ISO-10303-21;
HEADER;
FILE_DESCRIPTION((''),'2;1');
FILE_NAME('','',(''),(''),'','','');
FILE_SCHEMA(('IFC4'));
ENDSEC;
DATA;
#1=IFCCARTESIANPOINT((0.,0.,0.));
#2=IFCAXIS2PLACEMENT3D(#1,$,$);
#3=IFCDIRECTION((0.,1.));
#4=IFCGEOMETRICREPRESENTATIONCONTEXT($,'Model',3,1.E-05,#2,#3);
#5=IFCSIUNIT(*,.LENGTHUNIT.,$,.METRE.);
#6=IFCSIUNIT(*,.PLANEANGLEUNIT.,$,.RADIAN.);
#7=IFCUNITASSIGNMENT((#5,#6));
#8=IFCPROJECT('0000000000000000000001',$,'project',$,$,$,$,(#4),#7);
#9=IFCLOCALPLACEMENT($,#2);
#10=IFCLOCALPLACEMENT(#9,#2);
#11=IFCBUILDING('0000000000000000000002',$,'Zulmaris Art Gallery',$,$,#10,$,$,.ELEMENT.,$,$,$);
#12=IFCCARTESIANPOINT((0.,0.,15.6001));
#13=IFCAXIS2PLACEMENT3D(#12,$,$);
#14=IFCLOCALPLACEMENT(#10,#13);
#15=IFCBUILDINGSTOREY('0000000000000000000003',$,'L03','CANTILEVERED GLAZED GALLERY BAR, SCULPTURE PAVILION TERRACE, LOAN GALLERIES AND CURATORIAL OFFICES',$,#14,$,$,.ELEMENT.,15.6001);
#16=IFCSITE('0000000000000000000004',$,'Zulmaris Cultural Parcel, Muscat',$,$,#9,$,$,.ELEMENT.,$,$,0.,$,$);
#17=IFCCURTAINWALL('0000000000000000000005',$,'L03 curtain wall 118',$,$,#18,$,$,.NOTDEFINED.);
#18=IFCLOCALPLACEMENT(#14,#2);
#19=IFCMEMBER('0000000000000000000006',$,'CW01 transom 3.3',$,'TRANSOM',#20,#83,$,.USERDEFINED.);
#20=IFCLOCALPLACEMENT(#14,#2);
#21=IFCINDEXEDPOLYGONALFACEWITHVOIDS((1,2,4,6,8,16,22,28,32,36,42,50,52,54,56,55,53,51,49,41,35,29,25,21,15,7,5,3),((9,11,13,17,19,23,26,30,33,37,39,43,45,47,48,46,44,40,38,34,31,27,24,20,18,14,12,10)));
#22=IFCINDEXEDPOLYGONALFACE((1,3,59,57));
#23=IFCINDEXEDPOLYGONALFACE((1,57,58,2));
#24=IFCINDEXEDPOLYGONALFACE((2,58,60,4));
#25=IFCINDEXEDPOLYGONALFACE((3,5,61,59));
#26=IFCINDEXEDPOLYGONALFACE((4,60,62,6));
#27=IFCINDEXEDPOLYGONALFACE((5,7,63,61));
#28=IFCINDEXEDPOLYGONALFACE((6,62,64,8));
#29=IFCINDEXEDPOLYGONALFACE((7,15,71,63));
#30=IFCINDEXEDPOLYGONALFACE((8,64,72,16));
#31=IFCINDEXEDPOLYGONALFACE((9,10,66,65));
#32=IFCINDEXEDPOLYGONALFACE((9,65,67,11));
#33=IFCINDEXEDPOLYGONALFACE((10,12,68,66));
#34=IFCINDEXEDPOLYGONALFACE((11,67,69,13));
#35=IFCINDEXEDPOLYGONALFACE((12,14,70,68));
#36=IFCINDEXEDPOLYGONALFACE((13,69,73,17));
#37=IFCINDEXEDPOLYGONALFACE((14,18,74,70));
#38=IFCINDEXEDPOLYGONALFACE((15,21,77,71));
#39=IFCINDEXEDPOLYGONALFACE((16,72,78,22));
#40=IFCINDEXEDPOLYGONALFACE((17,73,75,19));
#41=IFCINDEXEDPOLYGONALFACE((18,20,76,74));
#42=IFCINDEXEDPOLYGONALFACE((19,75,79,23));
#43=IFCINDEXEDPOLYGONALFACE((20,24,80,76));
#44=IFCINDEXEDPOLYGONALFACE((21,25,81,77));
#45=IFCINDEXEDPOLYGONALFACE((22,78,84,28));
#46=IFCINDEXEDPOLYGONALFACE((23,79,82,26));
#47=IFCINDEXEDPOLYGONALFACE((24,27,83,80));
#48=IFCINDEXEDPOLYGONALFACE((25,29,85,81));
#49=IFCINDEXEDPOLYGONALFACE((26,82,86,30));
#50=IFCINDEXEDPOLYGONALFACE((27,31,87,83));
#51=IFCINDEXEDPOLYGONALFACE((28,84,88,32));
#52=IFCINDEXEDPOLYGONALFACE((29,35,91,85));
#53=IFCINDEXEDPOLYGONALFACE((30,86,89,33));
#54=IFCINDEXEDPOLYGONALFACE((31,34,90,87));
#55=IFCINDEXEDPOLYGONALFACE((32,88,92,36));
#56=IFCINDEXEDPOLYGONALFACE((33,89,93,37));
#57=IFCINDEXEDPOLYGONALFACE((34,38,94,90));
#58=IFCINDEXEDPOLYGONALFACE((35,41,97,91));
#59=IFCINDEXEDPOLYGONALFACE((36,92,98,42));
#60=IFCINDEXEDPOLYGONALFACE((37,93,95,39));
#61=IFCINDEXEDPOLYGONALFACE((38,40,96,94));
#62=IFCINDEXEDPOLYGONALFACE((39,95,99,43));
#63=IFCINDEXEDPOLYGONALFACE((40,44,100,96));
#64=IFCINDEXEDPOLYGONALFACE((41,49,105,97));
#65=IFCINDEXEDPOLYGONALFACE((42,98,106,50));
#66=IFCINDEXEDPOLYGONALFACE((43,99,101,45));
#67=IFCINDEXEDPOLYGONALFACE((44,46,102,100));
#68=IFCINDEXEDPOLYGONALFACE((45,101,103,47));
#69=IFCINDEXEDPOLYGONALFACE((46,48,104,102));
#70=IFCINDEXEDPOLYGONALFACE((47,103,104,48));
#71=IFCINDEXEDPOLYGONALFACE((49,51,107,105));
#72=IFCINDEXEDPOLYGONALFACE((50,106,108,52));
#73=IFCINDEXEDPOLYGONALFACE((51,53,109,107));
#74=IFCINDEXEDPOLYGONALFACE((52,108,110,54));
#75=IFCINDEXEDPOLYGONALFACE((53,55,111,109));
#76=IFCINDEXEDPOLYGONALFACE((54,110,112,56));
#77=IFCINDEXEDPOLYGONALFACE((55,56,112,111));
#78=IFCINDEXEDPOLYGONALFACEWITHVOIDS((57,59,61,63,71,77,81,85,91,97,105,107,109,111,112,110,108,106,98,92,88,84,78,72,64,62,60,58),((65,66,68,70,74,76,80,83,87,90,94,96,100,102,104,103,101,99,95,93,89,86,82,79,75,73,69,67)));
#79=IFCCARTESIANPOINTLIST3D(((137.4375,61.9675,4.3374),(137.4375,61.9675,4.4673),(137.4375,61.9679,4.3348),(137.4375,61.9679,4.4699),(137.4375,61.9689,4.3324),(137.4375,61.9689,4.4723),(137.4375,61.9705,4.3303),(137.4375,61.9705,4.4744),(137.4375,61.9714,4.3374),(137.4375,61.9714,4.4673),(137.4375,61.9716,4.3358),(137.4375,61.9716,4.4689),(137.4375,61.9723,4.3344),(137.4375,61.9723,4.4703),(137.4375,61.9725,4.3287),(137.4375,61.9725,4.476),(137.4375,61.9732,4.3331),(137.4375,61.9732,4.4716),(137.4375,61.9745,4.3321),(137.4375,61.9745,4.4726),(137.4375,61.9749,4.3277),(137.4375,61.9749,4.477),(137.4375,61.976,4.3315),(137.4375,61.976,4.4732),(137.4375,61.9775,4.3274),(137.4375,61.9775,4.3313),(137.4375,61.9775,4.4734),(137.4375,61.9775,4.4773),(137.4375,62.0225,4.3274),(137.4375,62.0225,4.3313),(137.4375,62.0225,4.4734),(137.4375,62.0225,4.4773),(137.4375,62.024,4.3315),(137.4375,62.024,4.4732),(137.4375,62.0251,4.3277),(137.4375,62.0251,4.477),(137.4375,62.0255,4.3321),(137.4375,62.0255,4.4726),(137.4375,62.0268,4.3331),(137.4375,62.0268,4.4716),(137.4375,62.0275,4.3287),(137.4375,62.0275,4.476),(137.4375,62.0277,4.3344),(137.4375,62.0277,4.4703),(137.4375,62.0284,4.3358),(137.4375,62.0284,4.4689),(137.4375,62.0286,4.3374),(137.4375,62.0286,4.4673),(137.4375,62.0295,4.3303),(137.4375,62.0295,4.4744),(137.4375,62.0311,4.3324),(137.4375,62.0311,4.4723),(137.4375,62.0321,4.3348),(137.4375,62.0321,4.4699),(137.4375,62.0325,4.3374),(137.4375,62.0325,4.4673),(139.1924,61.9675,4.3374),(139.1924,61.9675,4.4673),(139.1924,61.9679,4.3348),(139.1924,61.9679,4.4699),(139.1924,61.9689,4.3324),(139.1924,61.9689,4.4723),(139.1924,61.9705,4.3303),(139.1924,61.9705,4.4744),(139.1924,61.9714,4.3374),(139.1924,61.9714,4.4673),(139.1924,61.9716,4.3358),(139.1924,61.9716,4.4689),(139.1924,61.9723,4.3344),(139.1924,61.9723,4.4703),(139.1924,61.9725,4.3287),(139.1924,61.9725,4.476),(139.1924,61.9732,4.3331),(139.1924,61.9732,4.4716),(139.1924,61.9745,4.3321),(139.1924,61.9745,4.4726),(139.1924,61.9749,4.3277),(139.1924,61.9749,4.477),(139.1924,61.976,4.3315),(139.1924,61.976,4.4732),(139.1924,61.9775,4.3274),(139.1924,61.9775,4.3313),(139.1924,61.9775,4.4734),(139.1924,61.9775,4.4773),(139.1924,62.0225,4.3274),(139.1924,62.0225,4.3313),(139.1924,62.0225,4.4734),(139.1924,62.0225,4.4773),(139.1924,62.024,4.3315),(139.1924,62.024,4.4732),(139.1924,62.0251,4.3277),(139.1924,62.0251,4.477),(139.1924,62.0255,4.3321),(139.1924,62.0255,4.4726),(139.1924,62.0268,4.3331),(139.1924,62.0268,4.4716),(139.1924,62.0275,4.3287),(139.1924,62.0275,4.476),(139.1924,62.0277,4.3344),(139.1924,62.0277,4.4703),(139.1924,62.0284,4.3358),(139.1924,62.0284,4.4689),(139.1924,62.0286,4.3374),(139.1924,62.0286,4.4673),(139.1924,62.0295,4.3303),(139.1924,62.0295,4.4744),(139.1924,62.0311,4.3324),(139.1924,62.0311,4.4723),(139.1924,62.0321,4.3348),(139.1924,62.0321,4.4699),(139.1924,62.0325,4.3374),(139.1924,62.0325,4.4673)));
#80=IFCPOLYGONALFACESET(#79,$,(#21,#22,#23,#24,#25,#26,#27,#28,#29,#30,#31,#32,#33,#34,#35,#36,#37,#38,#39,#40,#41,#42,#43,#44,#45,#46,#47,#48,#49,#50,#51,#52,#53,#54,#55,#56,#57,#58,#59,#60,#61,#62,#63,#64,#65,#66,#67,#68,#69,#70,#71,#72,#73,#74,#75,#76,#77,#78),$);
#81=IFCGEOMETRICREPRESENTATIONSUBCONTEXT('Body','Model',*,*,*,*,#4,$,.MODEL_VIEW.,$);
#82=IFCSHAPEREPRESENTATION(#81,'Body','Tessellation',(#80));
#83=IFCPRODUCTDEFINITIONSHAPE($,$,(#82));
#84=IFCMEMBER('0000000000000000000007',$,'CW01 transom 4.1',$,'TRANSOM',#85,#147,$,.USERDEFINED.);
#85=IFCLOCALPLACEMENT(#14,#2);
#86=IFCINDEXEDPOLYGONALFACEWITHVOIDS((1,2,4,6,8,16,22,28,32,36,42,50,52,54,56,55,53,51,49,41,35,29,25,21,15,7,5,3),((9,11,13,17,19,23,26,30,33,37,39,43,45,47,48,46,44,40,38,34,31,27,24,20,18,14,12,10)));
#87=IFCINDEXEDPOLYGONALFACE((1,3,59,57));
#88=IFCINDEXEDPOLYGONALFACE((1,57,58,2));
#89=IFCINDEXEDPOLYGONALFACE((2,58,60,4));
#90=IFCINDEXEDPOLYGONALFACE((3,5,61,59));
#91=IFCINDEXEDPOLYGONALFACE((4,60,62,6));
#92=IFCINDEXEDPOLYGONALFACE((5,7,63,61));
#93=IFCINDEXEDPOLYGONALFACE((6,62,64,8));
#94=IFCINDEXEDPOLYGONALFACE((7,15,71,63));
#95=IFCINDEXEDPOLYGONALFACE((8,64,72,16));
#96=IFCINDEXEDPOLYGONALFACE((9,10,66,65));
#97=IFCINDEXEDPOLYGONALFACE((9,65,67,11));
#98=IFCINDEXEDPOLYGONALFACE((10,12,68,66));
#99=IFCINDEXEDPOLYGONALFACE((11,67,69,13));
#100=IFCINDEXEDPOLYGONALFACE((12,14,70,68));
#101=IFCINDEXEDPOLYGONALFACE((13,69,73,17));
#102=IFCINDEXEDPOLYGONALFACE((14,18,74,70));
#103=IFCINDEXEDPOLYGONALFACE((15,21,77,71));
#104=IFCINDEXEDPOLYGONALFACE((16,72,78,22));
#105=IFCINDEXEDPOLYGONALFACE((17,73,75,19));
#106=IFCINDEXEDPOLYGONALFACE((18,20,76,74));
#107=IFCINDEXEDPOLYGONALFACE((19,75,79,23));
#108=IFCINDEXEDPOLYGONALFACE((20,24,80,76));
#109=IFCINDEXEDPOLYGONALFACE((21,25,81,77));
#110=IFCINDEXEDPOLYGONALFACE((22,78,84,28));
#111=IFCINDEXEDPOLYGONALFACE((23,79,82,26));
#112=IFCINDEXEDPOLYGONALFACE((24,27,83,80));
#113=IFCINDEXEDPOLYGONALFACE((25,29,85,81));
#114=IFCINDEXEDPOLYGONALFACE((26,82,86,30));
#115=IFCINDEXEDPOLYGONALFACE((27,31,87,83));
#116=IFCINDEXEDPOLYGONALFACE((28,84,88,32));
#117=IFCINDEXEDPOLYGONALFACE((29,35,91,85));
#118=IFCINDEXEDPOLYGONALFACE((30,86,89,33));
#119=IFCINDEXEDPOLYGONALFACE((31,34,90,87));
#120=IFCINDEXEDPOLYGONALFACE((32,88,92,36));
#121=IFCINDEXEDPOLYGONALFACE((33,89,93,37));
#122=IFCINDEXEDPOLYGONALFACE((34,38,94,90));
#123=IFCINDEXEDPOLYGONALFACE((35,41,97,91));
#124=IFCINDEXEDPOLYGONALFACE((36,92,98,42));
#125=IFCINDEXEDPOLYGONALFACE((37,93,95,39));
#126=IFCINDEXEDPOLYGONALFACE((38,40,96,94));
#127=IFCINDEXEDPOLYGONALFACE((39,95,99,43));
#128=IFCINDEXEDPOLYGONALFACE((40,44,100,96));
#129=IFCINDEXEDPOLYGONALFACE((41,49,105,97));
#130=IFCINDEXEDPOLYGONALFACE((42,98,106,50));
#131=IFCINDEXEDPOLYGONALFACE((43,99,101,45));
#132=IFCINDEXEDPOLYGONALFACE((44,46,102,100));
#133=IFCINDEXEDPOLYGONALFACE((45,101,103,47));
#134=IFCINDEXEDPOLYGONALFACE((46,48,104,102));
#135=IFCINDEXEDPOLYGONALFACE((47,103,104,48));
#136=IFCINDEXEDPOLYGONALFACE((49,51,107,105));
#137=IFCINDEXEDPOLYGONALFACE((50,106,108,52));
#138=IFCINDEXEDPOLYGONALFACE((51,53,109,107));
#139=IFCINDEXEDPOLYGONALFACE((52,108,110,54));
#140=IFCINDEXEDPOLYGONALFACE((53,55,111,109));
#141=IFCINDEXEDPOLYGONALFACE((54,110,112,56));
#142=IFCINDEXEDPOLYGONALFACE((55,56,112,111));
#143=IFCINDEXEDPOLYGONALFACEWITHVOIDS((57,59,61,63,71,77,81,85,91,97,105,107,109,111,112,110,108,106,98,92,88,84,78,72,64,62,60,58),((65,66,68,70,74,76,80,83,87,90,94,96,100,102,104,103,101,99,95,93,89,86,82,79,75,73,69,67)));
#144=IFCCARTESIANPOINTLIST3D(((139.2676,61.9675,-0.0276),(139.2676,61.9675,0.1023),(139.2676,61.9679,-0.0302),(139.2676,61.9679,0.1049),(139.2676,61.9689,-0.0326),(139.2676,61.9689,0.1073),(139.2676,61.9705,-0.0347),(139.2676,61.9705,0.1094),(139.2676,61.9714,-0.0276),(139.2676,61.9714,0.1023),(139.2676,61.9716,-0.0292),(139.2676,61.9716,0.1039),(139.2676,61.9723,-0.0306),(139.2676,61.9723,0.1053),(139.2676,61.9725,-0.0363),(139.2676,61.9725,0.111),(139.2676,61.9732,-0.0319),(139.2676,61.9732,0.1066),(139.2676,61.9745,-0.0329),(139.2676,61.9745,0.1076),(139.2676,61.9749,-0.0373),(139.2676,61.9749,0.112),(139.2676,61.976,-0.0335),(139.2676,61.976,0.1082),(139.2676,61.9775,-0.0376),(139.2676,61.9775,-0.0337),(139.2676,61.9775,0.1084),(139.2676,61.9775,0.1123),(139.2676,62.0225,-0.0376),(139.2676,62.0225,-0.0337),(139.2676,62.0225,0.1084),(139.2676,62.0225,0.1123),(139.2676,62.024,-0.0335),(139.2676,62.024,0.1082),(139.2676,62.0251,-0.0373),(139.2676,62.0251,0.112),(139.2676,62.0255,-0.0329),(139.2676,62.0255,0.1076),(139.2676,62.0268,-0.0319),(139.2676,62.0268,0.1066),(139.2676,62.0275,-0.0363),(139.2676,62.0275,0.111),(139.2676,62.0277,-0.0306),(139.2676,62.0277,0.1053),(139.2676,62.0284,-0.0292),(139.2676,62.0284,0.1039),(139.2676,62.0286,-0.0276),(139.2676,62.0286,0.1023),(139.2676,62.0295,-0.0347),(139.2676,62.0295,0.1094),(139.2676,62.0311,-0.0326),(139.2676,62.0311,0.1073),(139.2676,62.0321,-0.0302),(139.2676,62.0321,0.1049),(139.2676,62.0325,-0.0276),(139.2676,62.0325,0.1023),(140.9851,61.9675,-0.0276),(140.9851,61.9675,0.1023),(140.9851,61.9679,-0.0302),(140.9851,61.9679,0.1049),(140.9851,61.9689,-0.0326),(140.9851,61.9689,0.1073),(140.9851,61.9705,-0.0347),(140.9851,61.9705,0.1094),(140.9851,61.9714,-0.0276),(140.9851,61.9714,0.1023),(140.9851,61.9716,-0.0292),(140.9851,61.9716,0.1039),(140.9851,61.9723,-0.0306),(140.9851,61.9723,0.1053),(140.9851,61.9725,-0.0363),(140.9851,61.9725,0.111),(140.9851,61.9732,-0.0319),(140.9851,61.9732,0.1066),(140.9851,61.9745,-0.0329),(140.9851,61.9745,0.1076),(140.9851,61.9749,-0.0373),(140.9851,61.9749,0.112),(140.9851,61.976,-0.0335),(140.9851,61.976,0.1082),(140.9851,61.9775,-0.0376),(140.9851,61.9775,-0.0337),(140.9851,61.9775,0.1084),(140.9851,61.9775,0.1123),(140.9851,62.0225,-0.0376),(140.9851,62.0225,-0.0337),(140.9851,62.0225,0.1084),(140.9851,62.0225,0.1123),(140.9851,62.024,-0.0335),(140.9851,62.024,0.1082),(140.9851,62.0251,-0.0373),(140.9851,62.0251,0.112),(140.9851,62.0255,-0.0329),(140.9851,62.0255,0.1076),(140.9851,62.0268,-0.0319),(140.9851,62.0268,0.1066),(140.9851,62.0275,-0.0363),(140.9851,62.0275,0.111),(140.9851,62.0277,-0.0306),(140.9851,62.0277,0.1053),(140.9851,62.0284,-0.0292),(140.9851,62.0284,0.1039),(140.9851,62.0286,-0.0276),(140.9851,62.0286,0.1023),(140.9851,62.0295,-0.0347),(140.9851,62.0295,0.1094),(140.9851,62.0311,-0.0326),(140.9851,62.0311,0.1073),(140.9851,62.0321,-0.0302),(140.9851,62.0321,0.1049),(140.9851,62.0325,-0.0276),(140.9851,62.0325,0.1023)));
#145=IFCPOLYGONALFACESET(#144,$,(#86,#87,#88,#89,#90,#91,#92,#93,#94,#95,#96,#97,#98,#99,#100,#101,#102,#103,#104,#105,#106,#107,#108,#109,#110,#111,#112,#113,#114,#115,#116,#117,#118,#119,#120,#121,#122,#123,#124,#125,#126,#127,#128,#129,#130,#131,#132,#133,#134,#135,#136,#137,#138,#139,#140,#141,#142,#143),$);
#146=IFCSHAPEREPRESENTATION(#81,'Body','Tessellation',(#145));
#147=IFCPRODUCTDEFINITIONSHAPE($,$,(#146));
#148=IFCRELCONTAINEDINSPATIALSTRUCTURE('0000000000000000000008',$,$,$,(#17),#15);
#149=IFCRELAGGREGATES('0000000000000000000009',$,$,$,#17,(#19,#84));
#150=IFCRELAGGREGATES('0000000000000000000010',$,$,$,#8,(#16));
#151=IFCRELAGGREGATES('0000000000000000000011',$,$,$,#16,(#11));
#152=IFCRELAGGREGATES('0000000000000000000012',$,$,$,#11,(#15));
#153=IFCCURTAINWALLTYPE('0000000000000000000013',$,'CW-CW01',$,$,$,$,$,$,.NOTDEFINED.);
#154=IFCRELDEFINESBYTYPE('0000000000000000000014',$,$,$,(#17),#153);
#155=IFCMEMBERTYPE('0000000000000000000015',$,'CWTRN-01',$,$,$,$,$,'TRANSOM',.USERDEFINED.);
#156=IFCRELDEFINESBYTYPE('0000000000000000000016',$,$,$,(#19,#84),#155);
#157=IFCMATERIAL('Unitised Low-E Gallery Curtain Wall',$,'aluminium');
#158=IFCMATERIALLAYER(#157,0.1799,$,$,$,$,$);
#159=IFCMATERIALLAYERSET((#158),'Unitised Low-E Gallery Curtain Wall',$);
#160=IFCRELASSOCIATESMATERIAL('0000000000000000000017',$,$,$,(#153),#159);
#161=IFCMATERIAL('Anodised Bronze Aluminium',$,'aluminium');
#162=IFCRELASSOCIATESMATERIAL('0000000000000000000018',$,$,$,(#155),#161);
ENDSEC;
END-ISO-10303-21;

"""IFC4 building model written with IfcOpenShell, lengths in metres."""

from ifc_helpers import new_model, si_unit, direction, frame, origin, origin_2d, place, context, subcontext, project, spatial, hollow_rectangle, extrude, material, layer, layer_set, material_profile, profile_set, type_object, element, aggregate, save


model = new_model("IFC4")

# Units and contexts
model_context = context("Model", 3, precision=1e-05, world=origin(), true_north=direction((0.0, 1.0)))
body_context = subcontext(model_context, "Body", "Model", "MODEL_VIEW")
ifc_project = project(units=[si_unit("LENGTHUNIT", "METRE"), si_unit("PLANEANGLEUNIT", "RADIAN")], contexts=[model_context])

# Site, building, storey
site_placement = place(None, origin())
site = spatial("IfcSite", under=ifc_project, at=site_placement, Name="Zulmaris Cultural Parcel, Muscat", CompositionType="ELEMENT", RefElevation=0.0)
building_placement = place(site_placement, origin())
building = spatial("IfcBuilding", under=site, at=building_placement, Name="Zulmaris Art Gallery", CompositionType="ELEMENT")
storey_placement = place(building_placement, frame((0.0, 0.0, 15.6001)))
storey = spatial("IfcBuildingStorey", under=building, at=storey_placement, Name="L03", Description="CANTILEVERED GLAZED GALLERY BAR, SCULPTURE PAVILION TERRACE, LOAN GALLERIES AND CURATORIAL OFFICES", CompositionType="ELEMENT", Elevation=15.6001)

# Curtain wall, members
ifc_material_1 = material(Name="Unitised Low-E Gallery Curtain Wall", Category="aluminium")
ifc_layer_1 = layer(ifc_material_1, 0.1799)
ifc_layer_set_1 = layer_set([ifc_layer_1], Name="Unitised Low-E Gallery Curtain Wall")
curtain_wall_type = type_object("IfcCurtainWallType", Name="CW-CW01", PredefinedType="NOTDEFINED", material=ifc_layer_set_1)
curtain_wall_placement = place(storey_placement, origin())
curtain_wall = element("IfcCurtainWall", 1, at=curtain_wall_placement, inside=storey, type_object=curtain_wall_type, Name="L03 curtain wall 118", PredefinedType="NOTDEFINED")
ifc_material_2 = material(Name="Anodised Bronze Aluminium", Category="aluminium")
ifc_material_profile_1 = material_profile(ifc_material_2, hollow_rectangle(XDim=0.0649, YDim=0.1499, WallThickness=0.0039, InnerFilletRadius=0.0061, OuterFilletRadius=0.01, at=origin_2d()), Name="ALU 65x150x4")
ifc_profile_set_1 = profile_set([ifc_material_profile_1], Name="Anodised Bronze Aluminium")
member_type_1 = type_object("IfcMemberType", Name="CWTRN-01", ElementType="TRANSOM", PredefinedType="USERDEFINED", material=ifc_profile_set_1)
member_1_placement = place(storey_placement, frame((137.4375, 62.0, 4.4023), z_axis=(1.0, 0.0, 0.0), x_axis=(0.0, 1.0, 0.0)))
member_1 = element("IfcMember", 2, at=member_1_placement, type_object=member_type_1, Name="CW01 transom 3.3", ObjectType="TRANSOM", PredefinedType="USERDEFINED", context=body_context, shape_type="SweptSolid", body=[
    extrude(hollow_rectangle(XDim=0.0649, YDim=0.1499, WallThickness=0.0039, InnerFilletRadius=0.0061, OuterFilletRadius=0.01, at=origin_2d()), origin(), (0.0, 0.0, 1.0), 1.7549),
])
member_2_placement = place(storey_placement, frame((139.2676, 62.0, 0.0374), z_axis=(1.0, 0.0, 0.0), x_axis=(0.0, 1.0, 0.0)))
member_2 = element("IfcMember", 3, at=member_2_placement, type_object=member_type_1, Name="CW01 transom 4.1", ObjectType="TRANSOM", PredefinedType="USERDEFINED", context=body_context, shape_type="SweptSolid", body=[
    extrude(hollow_rectangle(XDim=0.0649, YDim=0.1499, WallThickness=0.0039, InnerFilletRadius=0.0061, OuterFilletRadius=0.01, at=origin_2d()), origin(), (0.0, 0.0, 1.0), 1.7175),
])
aggregate(curtain_wall, [member_1, member_2])

save(model, "model.ifc")
